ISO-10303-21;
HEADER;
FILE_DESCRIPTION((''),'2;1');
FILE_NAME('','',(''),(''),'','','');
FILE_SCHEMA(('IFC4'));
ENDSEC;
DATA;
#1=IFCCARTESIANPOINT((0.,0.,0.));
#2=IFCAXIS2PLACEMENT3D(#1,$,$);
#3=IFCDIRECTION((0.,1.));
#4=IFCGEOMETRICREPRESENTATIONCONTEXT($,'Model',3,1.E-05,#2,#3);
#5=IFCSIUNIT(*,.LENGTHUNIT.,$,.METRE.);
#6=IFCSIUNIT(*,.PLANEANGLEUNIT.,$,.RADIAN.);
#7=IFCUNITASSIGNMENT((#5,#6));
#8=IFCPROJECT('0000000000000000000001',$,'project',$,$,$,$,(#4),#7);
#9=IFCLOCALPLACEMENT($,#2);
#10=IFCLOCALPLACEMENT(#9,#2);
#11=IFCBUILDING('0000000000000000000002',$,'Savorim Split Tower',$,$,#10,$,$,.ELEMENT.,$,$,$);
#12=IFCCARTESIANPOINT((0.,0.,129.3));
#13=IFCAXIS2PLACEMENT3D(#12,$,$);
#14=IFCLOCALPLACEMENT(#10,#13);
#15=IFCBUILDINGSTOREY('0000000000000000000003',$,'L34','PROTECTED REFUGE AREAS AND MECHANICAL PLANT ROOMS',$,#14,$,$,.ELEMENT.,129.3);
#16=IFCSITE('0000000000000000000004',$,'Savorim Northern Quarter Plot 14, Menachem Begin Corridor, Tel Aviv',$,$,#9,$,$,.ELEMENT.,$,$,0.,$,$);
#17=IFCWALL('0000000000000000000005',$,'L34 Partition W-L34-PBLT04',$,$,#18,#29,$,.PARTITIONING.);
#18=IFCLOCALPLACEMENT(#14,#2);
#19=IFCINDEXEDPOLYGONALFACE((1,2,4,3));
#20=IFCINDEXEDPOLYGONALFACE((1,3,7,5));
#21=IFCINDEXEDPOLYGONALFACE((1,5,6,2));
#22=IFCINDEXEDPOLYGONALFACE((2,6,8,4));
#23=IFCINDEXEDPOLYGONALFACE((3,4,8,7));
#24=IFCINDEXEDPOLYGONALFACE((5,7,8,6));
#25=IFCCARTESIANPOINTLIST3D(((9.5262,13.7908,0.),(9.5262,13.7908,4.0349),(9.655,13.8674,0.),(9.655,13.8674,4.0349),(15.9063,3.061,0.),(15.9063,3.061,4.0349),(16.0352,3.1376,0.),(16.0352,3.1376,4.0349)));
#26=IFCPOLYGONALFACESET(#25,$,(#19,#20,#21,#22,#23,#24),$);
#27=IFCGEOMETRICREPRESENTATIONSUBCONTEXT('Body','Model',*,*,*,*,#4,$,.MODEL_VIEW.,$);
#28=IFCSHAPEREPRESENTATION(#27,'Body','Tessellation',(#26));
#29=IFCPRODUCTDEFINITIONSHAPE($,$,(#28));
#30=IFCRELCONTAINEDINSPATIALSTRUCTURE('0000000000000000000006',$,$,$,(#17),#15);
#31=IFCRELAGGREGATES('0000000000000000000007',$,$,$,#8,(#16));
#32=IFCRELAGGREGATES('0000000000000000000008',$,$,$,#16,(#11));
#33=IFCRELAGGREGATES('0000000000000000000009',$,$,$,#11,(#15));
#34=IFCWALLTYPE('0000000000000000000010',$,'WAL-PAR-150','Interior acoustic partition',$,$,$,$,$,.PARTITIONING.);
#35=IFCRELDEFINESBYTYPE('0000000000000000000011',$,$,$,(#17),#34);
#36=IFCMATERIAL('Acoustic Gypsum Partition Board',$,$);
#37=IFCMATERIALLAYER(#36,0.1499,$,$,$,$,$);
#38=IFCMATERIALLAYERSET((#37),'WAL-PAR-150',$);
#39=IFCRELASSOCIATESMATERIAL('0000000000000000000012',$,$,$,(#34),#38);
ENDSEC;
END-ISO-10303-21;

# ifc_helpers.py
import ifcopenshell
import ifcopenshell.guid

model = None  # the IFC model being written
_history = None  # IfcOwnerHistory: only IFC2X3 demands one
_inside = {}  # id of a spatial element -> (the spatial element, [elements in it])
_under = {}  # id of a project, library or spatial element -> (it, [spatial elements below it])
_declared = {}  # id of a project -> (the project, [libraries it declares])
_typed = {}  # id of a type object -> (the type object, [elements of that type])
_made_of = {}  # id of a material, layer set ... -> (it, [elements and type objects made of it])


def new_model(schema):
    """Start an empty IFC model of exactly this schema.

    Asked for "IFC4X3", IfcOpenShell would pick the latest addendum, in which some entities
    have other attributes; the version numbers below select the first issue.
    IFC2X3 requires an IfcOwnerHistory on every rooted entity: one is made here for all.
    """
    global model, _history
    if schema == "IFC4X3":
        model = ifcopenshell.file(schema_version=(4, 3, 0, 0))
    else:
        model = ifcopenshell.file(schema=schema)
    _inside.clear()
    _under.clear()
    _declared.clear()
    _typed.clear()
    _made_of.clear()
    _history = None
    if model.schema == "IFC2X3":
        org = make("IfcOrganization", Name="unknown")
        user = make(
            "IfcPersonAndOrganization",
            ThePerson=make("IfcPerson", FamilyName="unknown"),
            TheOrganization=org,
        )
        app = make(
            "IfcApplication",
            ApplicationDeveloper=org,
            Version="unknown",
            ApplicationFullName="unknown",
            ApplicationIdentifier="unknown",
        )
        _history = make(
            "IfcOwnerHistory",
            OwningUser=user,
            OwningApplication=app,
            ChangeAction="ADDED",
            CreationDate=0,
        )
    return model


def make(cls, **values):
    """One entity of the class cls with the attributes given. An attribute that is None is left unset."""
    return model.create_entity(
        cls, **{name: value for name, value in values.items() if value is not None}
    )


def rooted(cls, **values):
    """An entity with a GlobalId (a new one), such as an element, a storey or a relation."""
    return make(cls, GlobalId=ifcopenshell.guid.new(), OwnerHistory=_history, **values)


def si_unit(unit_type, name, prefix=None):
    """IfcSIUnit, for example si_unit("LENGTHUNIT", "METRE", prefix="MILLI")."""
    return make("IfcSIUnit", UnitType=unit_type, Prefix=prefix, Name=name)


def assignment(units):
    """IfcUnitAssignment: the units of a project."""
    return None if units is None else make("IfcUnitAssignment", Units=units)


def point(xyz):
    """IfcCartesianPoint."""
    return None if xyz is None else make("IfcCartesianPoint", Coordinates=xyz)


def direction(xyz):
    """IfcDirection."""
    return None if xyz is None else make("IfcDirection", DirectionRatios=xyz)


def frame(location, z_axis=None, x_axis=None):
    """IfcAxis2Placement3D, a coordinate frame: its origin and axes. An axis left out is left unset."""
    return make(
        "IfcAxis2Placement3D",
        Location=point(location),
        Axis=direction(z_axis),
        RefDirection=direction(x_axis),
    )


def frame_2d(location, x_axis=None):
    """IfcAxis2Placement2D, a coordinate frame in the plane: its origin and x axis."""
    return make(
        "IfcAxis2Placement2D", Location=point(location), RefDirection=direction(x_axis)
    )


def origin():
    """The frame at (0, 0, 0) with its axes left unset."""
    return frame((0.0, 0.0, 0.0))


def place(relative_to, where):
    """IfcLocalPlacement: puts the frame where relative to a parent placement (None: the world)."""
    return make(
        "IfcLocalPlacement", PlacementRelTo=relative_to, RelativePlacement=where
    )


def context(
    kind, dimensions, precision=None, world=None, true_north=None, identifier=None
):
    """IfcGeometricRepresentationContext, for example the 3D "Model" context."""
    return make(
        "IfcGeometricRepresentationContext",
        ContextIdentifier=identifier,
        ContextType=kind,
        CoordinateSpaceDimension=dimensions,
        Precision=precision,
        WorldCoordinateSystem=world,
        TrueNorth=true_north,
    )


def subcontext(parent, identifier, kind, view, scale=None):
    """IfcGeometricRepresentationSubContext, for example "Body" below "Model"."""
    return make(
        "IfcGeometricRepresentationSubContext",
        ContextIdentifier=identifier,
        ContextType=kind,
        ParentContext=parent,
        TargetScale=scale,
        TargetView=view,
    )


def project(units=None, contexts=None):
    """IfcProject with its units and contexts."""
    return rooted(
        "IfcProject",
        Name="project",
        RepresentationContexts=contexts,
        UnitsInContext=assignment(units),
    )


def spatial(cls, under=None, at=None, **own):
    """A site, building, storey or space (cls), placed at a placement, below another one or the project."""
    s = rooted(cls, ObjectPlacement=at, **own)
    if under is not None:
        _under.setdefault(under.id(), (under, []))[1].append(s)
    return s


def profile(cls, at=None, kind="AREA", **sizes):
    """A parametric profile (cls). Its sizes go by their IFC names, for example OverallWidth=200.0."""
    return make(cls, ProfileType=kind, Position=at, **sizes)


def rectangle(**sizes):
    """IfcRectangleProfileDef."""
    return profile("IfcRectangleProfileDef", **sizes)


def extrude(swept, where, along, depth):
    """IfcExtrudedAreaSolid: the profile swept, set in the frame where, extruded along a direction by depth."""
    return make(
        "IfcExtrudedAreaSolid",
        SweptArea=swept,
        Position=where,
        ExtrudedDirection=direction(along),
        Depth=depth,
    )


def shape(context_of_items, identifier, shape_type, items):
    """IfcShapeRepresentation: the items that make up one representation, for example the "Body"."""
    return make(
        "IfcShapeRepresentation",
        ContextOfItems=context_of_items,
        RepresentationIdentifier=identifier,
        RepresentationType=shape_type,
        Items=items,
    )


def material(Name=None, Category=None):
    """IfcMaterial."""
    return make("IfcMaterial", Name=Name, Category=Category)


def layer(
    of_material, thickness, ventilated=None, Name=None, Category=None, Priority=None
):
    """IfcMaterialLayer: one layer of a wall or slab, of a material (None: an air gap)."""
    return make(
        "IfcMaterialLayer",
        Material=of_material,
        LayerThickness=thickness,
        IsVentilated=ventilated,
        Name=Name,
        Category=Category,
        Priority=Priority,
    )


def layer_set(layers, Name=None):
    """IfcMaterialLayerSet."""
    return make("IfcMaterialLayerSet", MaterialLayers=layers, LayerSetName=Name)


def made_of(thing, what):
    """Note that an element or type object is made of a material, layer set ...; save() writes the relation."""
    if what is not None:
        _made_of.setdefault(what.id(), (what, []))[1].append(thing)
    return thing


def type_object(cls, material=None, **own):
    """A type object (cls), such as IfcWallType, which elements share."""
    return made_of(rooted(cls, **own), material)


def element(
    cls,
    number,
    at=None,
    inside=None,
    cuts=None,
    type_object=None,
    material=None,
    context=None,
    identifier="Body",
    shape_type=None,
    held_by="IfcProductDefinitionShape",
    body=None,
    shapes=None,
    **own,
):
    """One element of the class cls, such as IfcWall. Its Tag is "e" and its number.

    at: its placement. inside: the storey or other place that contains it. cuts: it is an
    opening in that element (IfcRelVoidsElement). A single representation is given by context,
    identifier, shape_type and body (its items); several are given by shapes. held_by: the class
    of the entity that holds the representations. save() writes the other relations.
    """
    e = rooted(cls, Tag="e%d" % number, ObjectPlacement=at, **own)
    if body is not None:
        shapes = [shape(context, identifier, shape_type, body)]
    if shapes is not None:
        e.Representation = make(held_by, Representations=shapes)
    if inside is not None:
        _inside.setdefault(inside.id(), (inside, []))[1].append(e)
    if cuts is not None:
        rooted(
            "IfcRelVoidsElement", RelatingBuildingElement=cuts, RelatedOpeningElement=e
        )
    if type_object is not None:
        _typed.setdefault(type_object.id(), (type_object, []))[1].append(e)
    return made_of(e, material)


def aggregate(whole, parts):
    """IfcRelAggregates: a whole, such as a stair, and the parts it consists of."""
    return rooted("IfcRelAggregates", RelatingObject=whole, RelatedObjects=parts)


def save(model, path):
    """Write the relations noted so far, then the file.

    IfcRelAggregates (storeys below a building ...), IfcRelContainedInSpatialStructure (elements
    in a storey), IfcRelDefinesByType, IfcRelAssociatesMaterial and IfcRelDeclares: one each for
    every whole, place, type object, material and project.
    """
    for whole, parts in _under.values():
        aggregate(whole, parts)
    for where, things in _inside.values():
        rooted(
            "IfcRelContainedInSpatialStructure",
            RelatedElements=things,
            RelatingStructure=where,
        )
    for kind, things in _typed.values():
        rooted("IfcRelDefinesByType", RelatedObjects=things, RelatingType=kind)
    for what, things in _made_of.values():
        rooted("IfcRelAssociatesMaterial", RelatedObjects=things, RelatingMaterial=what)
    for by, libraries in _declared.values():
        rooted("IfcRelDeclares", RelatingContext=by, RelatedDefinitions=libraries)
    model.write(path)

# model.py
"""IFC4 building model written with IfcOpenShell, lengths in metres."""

from ifc_helpers import new_model, si_unit, direction, frame, frame_2d, origin, place, context, subcontext, project, spatial, rectangle, extrude, material, layer, layer_set, type_object, element, save


model = new_model("IFC4")

# Units and contexts
model_context = context("Model", 3, precision=1e-05, world=origin(), true_north=direction((0.0, 1.0)))
body_context = subcontext(model_context, "Body", "Model", "MODEL_VIEW")
ifc_project = project(units=[si_unit("LENGTHUNIT", "METRE"), si_unit("PLANEANGLEUNIT", "RADIAN")], contexts=[model_context])

# Site, building, storey
site_placement = place(None, origin())
site = spatial("IfcSite", under=ifc_project, at=site_placement, Name="Savorim Northern Quarter Plot 14, Menachem Begin Corridor, Tel Aviv", CompositionType="ELEMENT", RefElevation=0.0)
building_placement = place(site_placement, origin())
building = spatial("IfcBuilding", under=site, at=building_placement, Name="Savorim Split Tower", CompositionType="ELEMENT")
storey_placement = place(building_placement, frame((0.0, 0.0, 129.3)))
storey = spatial("IfcBuildingStorey", under=building, at=storey_placement, Name="L34", Description="PROTECTED REFUGE AREAS AND MECHANICAL PLANT ROOMS", CompositionType="ELEMENT", Elevation=129.3)

# Wall
ifc_material_1 = material(Name="Acoustic Gypsum Partition Board")
ifc_layer_1 = layer(ifc_material_1, 0.1499)
ifc_layer_set_1 = layer_set([ifc_layer_1], Name="WAL-PAR-150")
wall_type_1 = type_object("IfcWallType", Name="WAL-PAR-150", Description="Interior acoustic partition", PredefinedType="PARTITIONING", material=ifc_layer_set_1)
wall_1_placement = place(storey_placement, frame((9.5906, 13.8291, 0.0), z_axis=(0.0, 0.0, 1.0), x_axis=(0.511092, -0.859526, 0.0)))
element("IfcWall", 1, at=wall_1_placement, inside=storey, type_object=wall_type_1, Name="L34 Partition W-L34-PBLT04", PredefinedType="PARTITIONING", context=body_context, shape_type="SweptSolid", body=[
    extrude(rectangle(XDim=12.4834, YDim=0.1499, at=frame_2d((6.2417, 0.0))), origin(), (0.0, 0.0, 1.0), 4.0349),
])

save(model, "model.ifc")
